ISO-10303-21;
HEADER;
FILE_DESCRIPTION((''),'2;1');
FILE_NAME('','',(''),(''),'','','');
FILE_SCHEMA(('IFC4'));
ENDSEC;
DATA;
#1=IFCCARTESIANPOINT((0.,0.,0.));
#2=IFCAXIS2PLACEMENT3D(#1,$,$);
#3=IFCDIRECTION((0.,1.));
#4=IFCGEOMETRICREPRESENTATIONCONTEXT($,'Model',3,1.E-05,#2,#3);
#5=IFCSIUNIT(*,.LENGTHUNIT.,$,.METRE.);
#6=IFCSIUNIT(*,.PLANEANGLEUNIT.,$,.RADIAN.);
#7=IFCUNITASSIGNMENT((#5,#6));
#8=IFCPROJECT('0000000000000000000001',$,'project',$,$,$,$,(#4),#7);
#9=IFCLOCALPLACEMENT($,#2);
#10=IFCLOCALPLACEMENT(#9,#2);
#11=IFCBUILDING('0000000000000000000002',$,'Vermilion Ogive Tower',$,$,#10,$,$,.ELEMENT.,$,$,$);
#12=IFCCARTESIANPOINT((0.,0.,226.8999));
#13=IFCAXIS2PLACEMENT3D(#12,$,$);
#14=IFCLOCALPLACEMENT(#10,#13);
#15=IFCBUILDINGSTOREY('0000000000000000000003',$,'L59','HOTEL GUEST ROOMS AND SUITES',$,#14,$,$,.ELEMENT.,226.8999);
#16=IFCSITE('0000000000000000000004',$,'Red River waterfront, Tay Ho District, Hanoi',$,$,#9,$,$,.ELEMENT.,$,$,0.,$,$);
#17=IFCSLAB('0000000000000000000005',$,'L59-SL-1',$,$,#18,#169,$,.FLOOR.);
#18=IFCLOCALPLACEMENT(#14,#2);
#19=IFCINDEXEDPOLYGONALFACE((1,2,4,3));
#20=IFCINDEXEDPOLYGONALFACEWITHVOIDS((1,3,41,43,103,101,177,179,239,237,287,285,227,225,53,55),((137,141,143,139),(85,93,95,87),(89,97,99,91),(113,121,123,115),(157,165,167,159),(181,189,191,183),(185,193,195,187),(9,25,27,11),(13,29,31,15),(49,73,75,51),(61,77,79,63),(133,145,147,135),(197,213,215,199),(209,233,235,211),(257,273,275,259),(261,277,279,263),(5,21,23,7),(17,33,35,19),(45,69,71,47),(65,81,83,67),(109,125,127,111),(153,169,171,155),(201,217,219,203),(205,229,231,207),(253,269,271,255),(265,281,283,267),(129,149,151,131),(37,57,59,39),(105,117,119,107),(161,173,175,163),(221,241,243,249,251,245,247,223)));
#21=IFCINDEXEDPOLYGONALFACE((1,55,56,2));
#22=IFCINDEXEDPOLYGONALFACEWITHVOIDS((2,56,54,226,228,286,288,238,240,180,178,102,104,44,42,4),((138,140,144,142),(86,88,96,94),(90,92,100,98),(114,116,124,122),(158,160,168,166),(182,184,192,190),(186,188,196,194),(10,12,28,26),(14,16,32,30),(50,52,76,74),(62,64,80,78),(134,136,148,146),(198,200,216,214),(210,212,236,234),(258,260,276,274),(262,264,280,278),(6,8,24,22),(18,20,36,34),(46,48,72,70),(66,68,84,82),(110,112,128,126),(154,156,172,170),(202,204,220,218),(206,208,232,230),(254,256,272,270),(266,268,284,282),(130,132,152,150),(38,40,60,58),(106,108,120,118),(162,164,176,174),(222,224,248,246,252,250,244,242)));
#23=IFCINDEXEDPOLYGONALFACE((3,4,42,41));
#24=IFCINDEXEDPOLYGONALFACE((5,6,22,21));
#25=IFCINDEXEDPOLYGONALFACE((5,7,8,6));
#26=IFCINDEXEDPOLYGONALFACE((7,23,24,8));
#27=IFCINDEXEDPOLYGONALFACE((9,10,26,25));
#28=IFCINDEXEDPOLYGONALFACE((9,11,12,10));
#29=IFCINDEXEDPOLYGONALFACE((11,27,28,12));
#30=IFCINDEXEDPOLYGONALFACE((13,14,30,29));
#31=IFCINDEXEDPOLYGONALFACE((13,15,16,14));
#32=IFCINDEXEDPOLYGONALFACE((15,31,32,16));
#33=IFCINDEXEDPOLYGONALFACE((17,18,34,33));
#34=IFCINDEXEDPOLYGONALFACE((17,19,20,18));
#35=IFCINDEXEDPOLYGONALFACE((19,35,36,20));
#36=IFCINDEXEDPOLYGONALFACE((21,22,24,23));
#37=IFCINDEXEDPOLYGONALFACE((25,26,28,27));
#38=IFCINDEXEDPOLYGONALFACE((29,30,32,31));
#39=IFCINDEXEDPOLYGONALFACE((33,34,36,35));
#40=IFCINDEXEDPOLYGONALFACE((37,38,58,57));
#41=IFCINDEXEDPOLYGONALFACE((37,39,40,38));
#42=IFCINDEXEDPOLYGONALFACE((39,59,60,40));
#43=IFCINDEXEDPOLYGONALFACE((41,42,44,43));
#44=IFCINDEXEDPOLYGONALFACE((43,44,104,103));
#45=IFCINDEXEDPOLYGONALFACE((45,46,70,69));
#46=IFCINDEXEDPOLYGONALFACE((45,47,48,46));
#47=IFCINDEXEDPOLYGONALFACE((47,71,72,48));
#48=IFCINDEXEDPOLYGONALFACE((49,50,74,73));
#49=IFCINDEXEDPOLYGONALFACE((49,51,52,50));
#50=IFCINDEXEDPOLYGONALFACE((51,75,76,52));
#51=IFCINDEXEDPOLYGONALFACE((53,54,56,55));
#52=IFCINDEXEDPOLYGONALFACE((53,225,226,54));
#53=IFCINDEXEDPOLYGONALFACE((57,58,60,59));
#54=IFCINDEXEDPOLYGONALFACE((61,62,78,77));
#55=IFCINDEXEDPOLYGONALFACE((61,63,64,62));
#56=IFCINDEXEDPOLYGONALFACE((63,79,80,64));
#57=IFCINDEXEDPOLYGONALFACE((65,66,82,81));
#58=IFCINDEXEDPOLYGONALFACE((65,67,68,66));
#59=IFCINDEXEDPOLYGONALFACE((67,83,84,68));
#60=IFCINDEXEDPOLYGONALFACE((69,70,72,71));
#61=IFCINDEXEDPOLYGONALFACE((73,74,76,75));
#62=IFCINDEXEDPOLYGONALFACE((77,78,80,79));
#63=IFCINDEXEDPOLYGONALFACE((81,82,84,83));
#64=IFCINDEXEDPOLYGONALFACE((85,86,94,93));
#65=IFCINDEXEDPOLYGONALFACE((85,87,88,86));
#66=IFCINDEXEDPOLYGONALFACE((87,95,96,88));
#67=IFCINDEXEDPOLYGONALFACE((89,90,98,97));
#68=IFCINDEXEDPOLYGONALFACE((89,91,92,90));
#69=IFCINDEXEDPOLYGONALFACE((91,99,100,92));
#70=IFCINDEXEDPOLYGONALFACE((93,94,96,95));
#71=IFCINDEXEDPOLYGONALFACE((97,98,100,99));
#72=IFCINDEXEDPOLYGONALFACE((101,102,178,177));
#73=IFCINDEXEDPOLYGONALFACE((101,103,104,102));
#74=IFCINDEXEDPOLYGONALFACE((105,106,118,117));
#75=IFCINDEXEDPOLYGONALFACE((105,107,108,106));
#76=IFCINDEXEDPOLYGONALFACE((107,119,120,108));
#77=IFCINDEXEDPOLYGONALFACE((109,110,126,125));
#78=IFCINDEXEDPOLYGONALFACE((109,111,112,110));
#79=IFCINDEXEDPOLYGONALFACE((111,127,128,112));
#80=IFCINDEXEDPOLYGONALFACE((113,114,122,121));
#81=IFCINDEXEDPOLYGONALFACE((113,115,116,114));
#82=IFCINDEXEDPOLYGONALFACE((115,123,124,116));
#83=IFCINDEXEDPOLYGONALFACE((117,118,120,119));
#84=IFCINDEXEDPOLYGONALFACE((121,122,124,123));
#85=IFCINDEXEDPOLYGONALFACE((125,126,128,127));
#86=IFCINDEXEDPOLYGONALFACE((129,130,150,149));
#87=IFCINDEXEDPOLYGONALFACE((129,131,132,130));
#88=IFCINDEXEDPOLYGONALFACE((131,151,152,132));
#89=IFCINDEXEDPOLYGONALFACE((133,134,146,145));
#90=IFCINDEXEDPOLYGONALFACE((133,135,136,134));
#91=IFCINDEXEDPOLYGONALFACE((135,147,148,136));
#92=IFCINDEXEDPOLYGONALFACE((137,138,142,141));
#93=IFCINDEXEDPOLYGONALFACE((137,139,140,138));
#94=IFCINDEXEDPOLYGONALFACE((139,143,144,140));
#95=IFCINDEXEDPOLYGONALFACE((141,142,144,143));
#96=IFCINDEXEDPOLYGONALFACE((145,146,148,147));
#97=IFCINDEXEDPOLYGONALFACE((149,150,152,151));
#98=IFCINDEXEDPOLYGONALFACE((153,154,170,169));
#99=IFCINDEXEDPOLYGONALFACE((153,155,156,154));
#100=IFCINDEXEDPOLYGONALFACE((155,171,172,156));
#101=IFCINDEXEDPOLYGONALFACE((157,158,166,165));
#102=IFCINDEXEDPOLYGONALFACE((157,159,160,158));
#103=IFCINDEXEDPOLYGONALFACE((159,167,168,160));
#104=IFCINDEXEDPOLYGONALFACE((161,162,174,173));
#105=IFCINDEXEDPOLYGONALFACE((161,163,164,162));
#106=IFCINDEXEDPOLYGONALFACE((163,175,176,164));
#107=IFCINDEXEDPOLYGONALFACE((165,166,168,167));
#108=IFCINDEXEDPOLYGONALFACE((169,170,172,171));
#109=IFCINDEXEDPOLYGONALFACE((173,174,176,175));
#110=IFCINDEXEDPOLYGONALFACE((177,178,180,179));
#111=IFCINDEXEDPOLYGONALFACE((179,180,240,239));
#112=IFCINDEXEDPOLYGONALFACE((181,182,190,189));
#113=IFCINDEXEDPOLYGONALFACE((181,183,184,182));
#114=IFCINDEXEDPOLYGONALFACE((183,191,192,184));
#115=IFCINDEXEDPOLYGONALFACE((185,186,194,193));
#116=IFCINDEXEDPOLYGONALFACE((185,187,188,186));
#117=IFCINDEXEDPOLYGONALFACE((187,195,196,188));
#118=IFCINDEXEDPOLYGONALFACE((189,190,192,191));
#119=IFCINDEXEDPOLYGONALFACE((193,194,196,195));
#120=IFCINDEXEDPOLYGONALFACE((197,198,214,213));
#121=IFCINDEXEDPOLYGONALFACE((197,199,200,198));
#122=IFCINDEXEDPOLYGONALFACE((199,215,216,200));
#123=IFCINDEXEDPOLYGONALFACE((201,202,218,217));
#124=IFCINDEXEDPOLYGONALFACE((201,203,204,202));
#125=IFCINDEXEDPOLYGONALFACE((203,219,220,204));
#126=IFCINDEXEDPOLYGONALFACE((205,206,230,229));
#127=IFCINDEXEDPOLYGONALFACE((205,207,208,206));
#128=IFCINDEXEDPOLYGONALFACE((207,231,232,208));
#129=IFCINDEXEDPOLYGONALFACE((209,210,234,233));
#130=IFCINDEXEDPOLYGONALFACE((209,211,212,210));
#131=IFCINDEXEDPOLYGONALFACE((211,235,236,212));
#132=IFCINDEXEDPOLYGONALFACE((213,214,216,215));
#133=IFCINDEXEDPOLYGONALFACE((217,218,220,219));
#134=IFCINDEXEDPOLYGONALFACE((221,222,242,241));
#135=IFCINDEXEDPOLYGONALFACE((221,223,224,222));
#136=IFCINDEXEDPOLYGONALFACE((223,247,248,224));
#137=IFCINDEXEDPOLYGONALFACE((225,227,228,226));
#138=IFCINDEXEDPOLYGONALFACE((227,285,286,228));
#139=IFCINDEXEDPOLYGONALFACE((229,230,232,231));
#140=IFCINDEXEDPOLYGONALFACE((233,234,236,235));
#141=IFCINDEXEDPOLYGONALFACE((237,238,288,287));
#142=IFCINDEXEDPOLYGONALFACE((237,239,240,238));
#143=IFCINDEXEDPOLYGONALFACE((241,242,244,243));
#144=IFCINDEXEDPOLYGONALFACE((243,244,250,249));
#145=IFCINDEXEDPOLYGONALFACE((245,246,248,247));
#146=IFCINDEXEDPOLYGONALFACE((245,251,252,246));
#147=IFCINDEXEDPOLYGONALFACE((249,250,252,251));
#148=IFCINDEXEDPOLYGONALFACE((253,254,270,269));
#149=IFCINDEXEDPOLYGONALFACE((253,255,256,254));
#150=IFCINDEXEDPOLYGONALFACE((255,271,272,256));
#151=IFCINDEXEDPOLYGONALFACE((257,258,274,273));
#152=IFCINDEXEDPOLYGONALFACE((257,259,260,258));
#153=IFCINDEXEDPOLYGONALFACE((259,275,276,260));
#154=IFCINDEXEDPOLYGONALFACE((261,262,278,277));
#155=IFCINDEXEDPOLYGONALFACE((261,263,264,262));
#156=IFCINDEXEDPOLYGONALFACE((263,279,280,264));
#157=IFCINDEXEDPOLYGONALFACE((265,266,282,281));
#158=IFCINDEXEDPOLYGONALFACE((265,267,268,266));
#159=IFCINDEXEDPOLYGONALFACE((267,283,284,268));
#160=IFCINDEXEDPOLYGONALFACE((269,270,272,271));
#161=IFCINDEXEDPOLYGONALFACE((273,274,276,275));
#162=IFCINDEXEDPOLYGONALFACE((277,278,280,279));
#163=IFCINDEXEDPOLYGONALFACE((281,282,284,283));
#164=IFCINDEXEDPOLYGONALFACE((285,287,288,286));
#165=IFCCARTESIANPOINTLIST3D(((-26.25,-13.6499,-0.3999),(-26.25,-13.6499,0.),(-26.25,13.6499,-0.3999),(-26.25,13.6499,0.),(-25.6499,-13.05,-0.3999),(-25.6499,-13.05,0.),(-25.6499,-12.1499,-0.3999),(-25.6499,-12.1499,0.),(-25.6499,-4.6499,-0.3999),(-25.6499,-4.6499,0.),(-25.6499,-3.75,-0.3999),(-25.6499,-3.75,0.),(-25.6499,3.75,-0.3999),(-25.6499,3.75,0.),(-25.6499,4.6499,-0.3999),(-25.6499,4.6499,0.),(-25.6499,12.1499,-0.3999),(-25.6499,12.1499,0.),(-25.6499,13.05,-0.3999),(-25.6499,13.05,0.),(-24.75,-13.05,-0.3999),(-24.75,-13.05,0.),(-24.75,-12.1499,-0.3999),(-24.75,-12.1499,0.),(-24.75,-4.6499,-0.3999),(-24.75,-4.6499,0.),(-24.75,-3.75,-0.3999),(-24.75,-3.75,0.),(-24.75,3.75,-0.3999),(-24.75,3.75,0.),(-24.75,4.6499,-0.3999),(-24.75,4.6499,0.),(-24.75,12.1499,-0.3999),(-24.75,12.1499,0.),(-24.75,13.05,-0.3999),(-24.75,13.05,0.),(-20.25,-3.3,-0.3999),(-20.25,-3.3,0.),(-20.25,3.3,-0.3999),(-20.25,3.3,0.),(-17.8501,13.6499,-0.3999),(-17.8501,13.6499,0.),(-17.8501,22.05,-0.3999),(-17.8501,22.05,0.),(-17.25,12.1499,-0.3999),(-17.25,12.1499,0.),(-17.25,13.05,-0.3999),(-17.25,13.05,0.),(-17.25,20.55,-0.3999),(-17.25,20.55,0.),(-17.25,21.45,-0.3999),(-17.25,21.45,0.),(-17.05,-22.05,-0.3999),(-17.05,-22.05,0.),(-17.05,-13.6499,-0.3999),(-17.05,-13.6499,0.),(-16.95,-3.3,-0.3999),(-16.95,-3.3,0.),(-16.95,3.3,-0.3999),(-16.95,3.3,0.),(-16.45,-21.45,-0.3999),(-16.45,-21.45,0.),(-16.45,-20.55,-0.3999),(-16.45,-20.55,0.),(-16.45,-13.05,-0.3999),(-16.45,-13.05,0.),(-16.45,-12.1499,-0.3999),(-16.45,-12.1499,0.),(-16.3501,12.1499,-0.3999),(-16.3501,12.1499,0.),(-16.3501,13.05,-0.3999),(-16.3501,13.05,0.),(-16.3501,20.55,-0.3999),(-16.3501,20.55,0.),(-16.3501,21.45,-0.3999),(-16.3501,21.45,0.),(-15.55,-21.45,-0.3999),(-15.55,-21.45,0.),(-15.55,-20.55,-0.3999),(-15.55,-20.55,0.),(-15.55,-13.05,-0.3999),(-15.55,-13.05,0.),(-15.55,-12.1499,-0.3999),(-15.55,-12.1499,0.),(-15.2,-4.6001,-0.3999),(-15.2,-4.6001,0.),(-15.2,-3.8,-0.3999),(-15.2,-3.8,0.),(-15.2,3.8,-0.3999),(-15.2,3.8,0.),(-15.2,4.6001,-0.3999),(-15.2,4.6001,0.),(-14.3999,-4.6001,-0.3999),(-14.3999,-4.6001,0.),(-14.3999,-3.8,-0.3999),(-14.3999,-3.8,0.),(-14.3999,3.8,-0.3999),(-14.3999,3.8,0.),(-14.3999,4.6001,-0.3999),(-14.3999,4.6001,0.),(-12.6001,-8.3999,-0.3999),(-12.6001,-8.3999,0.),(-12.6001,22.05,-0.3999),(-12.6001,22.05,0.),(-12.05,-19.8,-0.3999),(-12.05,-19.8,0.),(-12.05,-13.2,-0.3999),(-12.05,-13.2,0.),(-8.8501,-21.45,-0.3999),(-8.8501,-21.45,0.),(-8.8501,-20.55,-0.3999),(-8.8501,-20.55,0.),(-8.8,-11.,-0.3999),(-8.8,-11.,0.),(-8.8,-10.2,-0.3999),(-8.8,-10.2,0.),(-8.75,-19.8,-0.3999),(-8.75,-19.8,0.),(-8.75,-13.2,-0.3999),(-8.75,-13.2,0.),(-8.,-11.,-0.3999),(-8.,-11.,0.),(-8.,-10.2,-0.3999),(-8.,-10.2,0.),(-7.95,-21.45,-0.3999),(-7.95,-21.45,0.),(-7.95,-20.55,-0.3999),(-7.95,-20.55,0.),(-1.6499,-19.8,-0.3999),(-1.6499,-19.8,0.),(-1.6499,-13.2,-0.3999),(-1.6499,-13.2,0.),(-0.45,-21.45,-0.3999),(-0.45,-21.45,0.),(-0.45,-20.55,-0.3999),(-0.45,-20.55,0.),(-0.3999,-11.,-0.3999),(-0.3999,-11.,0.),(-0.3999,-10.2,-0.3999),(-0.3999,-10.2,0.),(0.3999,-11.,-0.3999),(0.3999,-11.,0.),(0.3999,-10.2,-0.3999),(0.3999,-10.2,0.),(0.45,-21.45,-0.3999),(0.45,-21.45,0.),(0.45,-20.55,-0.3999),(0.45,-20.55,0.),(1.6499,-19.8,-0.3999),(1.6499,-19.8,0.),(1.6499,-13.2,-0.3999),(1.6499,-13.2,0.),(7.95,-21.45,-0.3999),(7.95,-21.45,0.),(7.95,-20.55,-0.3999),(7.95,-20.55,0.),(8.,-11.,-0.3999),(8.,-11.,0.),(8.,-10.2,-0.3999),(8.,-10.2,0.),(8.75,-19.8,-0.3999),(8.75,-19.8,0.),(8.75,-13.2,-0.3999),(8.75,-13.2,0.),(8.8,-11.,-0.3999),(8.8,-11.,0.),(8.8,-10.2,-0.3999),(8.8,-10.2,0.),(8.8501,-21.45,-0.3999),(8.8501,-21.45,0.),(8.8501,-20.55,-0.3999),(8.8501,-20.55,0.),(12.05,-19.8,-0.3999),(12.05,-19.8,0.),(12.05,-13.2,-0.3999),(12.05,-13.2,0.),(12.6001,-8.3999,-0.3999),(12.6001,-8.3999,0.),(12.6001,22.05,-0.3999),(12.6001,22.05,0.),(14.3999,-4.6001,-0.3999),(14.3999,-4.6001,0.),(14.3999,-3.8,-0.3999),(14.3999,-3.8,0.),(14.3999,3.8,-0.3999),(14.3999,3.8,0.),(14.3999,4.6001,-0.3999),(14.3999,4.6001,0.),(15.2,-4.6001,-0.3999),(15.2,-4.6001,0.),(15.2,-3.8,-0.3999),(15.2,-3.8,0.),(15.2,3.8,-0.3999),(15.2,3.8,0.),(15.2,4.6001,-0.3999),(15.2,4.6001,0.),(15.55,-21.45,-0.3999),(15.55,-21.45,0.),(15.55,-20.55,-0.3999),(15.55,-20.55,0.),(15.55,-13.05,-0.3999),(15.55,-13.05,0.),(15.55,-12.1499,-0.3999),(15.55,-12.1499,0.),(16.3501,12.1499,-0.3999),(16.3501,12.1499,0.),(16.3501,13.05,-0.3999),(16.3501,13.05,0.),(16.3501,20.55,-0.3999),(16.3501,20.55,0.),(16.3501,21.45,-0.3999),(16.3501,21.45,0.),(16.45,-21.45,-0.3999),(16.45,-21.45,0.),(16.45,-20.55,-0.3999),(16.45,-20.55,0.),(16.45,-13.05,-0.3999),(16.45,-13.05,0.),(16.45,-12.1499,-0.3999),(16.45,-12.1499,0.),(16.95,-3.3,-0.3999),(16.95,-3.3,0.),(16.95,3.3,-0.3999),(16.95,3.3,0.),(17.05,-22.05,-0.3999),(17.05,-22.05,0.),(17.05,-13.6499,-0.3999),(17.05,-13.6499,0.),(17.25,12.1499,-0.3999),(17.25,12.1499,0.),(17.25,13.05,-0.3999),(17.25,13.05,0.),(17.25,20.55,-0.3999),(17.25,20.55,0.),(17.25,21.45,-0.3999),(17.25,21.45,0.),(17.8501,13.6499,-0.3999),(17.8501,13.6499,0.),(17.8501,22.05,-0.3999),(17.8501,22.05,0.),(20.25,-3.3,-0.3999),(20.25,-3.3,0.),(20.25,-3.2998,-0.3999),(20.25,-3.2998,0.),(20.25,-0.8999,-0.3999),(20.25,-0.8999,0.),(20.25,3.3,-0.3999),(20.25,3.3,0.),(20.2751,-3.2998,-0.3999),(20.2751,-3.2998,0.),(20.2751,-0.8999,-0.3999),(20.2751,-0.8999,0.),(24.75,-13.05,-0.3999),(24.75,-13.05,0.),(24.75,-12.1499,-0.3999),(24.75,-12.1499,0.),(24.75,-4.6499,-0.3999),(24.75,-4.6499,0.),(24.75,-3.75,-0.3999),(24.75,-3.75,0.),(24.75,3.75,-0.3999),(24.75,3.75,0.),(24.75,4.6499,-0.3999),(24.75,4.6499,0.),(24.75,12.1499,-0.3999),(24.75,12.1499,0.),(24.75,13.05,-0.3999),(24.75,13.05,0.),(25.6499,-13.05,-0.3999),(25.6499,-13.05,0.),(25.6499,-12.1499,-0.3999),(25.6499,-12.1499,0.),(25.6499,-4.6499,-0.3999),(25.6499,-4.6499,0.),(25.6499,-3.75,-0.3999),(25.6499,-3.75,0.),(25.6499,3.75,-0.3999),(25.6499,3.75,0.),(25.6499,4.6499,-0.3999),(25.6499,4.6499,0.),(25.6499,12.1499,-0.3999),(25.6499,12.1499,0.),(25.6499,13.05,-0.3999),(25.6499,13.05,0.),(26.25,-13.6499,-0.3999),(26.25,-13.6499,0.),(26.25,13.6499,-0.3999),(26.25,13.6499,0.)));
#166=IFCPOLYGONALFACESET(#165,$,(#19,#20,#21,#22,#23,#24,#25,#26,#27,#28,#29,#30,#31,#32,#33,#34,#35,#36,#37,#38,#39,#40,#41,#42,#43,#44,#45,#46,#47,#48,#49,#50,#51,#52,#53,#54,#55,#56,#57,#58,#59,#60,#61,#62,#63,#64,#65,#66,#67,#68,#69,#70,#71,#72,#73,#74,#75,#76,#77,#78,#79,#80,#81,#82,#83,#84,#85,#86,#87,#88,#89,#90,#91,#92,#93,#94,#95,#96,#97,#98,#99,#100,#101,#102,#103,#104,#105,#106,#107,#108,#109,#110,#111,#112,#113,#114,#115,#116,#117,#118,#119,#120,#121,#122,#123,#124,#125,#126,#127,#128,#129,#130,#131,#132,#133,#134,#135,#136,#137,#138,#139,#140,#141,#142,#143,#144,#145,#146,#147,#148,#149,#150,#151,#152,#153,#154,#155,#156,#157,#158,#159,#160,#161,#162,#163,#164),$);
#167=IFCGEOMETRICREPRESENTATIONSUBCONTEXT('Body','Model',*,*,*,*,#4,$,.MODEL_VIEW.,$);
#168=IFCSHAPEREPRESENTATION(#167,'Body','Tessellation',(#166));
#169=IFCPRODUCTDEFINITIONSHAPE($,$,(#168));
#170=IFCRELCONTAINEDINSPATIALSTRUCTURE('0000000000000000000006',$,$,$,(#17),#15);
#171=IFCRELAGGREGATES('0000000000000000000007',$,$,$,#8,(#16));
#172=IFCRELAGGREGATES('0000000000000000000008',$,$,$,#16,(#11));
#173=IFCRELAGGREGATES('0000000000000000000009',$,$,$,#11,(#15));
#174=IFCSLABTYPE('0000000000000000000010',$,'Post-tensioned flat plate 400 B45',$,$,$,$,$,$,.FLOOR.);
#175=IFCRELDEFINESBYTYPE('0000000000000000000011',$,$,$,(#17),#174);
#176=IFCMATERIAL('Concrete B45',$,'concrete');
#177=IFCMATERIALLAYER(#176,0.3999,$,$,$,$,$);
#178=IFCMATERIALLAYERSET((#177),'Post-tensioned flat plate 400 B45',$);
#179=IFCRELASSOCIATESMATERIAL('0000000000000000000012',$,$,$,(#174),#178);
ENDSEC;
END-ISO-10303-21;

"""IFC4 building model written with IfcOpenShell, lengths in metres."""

from ifc_helpers import new_model, si_unit, direction, frame, origin, place, context, subcontext, project, spatial, polyline, outline, extrude, material, layer, layer_set, type_object, element, save


model = new_model("IFC4")

# Units and contexts
model_context = context("Model", 3, precision=1e-05, world=origin(), true_north=direction((0.0, 1.0)))
body_context = subcontext(model_context, "Body", "Model", "MODEL_VIEW")
ifc_project = project(units=[si_unit("LENGTHUNIT", "METRE"), si_unit("PLANEANGLEUNIT", "RADIAN")], contexts=[model_context])

# Site, building, storey
site_placement = place(None, origin())
site = spatial("IfcSite", under=ifc_project, at=site_placement, Name="Red River waterfront, Tay Ho District, Hanoi", CompositionType="ELEMENT", RefElevation=0.0)
building_placement = place(site_placement, origin())
building = spatial("IfcBuilding", under=site, at=building_placement, Name="Vermilion Ogive Tower", CompositionType="ELEMENT")
storey_placement = place(building_placement, frame((0.0, 0.0, 226.8999)))
storey = spatial("IfcBuildingStorey", under=building, at=storey_placement, Name="L59", Description="HOTEL GUEST ROOMS AND SUITES", CompositionType="ELEMENT", Elevation=226.8999)

# Slab
ifc_material_1 = material(Name="Concrete B45", Category="concrete")
ifc_layer_1 = layer(ifc_material_1, 0.3999)
ifc_layer_set_1 = layer_set([ifc_layer_1], Name="Post-tensioned flat plate 400 B45")
slab_type_1 = type_object("IfcSlabType", Name="Post-tensioned flat plate 400 B45", PredefinedType="FLOOR", material=ifc_layer_set_1)
slab_1_placement = place(storey_placement, frame((0.0, 0.0, -0.3999)))
element("IfcSlab", 1, at=slab_1_placement, inside=storey, type_object=slab_type_1, Name="L59-SL-1", PredefinedType="FLOOR", context=body_context, shape_type="SweptSolid", body=[
    extrude(outline(polyline([(-26.25, -13.6499), (-17.05, -13.6499), (-17.05, -22.05), (17.05, -22.05), (17.05, -13.6499), (26.25, -13.6499), (26.25, 13.6499), (17.8501, 13.6499), (17.8501, 22.05), (12.6001, 22.05), (12.6001, -8.3999), (-12.6001, -8.3999), (-12.6001, 22.05), (-17.8501, 22.05), (-17.8501, 13.6499), (-26.25, 13.6499), (-26.25, -13.6499)]), holes=[polyline([(25.6499, -3.75), (25.6499, -4.6499), (24.75, -4.6499), (24.75, -3.75), (25.6499, -3.75)]), polyline([(25.6499, -12.1499), (25.6499, -13.05), (24.75, -13.05), (24.75, -12.1499), (25.6499, -12.1499)]), polyline([(25.6499, 12.1499), (24.75, 12.1499), (24.75, 13.05), (25.6499, 13.05), (25.6499, 12.1499)]), polyline([(25.6499, 3.75), (24.75, 3.75), (24.75, 4.6499), (25.6499, 4.6499), (25.6499, 3.75)]), polyline([(20.25, -3.2998), (20.25, -3.3), (16.95, -3.3), (16.95, 3.3), (20.25, 3.3), (20.25, -0.8999), (20.2751, -0.8999), (20.2751, -3.2998), (20.25, -3.2998)]), polyline([(17.25, 13.05), (17.25, 12.1499), (16.3501, 12.1499), (16.3501, 13.05), (17.25, 13.05)]), polyline([(17.25, 20.55), (16.3501, 20.55), (16.3501, 21.45), (17.25, 21.45), (17.25, 20.55)]), polyline([(16.45, -12.1499), (16.45, -13.05), (15.55, -13.05), (15.55, -12.1499), (16.45, -12.1499)]), polyline([(16.45, -20.55), (16.45, -21.45), (15.55, -21.45), (15.55, -20.55), (16.45, -20.55)]), polyline([(15.2, 4.6001), (15.2, 3.8), (14.3999, 3.8), (14.3999, 4.6001), (15.2, 4.6001)]), polyline([(15.2, -4.6001), (14.3999, -4.6001), (14.3999, -3.8), (15.2, -3.8), (15.2, -4.6001)]), polyline([(12.05, -13.2), (12.05, -19.8), (8.75, -19.8), (8.75, -13.2), (12.05, -13.2)]), polyline([(8.8501, -20.55), (8.8501, -21.45), (7.95, -21.45), (7.95, -20.55), (8.8501, -20.55)]), polyline([(8.8, -11.0), (8.0, -11.0), (8.0, -10.2), (8.8, -10.2), (8.8, -11.0)]), polyline([(1.6499, -13.2), (1.6499, -19.8), (-1.6499, -19.8), (-1.6499, -13.2), (1.6499, -13.2)]), polyline([(0.45, -20.55), (0.45, -21.45), (-0.45, -21.45), (-0.45, -20.55), (0.45, -20.55)]), polyline([(0.3999, -10.2), (0.3999, -11.0), (-0.3999, -11.0), (-0.3999, -10.2), (0.3999, -10.2)]), polyline([(-7.95, -20.55), (-7.95, -21.45), (-8.8501, -21.45), (-8.8501, -20.55), (-7.95, -20.55)]), polyline([(-8.0, -10.2), (-8.0, -11.0), (-8.8, -11.0), (-8.8, -10.2), (-8.0, -10.2)]), polyline([(-8.75, -13.2), (-8.75, -19.8), (-12.05, -19.8), (-12.05, -13.2), (-8.75, -13.2)]), polyline([(-14.3999, 4.6001), (-14.3999, 3.8), (-15.2, 3.8), (-15.2, 4.6001), (-14.3999, 4.6001)]), polyline([(-14.3999, -4.6001), (-15.2, -4.6001), (-15.2, -3.8), (-14.3999, -3.8), (-14.3999, -4.6001)]), polyline([(-15.55, -12.1499), (-15.55, -13.05), (-16.45, -13.05), (-16.45, -12.1499), (-15.55, -12.1499)]), polyline([(-15.55, -20.55), (-15.55, -21.45), (-16.45, -21.45), (-16.45, -20.55), (-15.55, -20.55)]), polyline([(-16.3501, 13.05), (-16.3501, 12.1499), (-17.25, 12.1499), (-17.25, 13.05), (-16.3501, 13.05)]), polyline([(-16.3501, 20.55), (-17.25, 20.55), (-17.25, 21.45), (-16.3501, 21.45), (-16.3501, 20.55)]), polyline([(-16.95, 3.3), (-16.95, -3.3), (-20.25, -3.3), (-20.25, 3.3), (-16.95, 3.3)]), polyline([(-24.75, 3.75), (-25.6499, 3.75), (-25.6499, 4.6499), (-24.75, 4.6499), (-24.75, 3.75)]), polyline([(-24.75, 13.05), (-24.75, 12.1499), (-25.6499, 12.1499), (-25.6499, 13.05), (-24.75, 13.05)]), polyline([(-24.75, -3.75), (-24.75, -4.6499), (-25.6499, -4.6499), (-25.6499, -3.75), (-24.75, -3.75)]), polyline([(-24.75, -12.1499), (-24.75, -13.05), (-25.6499, -13.05), (-25.6499, -12.1499), (-24.75, -12.1499)])]), origin(), (0.0, 0.0, 1.0), 0.3999),
])

save(model, "model.ifc")
